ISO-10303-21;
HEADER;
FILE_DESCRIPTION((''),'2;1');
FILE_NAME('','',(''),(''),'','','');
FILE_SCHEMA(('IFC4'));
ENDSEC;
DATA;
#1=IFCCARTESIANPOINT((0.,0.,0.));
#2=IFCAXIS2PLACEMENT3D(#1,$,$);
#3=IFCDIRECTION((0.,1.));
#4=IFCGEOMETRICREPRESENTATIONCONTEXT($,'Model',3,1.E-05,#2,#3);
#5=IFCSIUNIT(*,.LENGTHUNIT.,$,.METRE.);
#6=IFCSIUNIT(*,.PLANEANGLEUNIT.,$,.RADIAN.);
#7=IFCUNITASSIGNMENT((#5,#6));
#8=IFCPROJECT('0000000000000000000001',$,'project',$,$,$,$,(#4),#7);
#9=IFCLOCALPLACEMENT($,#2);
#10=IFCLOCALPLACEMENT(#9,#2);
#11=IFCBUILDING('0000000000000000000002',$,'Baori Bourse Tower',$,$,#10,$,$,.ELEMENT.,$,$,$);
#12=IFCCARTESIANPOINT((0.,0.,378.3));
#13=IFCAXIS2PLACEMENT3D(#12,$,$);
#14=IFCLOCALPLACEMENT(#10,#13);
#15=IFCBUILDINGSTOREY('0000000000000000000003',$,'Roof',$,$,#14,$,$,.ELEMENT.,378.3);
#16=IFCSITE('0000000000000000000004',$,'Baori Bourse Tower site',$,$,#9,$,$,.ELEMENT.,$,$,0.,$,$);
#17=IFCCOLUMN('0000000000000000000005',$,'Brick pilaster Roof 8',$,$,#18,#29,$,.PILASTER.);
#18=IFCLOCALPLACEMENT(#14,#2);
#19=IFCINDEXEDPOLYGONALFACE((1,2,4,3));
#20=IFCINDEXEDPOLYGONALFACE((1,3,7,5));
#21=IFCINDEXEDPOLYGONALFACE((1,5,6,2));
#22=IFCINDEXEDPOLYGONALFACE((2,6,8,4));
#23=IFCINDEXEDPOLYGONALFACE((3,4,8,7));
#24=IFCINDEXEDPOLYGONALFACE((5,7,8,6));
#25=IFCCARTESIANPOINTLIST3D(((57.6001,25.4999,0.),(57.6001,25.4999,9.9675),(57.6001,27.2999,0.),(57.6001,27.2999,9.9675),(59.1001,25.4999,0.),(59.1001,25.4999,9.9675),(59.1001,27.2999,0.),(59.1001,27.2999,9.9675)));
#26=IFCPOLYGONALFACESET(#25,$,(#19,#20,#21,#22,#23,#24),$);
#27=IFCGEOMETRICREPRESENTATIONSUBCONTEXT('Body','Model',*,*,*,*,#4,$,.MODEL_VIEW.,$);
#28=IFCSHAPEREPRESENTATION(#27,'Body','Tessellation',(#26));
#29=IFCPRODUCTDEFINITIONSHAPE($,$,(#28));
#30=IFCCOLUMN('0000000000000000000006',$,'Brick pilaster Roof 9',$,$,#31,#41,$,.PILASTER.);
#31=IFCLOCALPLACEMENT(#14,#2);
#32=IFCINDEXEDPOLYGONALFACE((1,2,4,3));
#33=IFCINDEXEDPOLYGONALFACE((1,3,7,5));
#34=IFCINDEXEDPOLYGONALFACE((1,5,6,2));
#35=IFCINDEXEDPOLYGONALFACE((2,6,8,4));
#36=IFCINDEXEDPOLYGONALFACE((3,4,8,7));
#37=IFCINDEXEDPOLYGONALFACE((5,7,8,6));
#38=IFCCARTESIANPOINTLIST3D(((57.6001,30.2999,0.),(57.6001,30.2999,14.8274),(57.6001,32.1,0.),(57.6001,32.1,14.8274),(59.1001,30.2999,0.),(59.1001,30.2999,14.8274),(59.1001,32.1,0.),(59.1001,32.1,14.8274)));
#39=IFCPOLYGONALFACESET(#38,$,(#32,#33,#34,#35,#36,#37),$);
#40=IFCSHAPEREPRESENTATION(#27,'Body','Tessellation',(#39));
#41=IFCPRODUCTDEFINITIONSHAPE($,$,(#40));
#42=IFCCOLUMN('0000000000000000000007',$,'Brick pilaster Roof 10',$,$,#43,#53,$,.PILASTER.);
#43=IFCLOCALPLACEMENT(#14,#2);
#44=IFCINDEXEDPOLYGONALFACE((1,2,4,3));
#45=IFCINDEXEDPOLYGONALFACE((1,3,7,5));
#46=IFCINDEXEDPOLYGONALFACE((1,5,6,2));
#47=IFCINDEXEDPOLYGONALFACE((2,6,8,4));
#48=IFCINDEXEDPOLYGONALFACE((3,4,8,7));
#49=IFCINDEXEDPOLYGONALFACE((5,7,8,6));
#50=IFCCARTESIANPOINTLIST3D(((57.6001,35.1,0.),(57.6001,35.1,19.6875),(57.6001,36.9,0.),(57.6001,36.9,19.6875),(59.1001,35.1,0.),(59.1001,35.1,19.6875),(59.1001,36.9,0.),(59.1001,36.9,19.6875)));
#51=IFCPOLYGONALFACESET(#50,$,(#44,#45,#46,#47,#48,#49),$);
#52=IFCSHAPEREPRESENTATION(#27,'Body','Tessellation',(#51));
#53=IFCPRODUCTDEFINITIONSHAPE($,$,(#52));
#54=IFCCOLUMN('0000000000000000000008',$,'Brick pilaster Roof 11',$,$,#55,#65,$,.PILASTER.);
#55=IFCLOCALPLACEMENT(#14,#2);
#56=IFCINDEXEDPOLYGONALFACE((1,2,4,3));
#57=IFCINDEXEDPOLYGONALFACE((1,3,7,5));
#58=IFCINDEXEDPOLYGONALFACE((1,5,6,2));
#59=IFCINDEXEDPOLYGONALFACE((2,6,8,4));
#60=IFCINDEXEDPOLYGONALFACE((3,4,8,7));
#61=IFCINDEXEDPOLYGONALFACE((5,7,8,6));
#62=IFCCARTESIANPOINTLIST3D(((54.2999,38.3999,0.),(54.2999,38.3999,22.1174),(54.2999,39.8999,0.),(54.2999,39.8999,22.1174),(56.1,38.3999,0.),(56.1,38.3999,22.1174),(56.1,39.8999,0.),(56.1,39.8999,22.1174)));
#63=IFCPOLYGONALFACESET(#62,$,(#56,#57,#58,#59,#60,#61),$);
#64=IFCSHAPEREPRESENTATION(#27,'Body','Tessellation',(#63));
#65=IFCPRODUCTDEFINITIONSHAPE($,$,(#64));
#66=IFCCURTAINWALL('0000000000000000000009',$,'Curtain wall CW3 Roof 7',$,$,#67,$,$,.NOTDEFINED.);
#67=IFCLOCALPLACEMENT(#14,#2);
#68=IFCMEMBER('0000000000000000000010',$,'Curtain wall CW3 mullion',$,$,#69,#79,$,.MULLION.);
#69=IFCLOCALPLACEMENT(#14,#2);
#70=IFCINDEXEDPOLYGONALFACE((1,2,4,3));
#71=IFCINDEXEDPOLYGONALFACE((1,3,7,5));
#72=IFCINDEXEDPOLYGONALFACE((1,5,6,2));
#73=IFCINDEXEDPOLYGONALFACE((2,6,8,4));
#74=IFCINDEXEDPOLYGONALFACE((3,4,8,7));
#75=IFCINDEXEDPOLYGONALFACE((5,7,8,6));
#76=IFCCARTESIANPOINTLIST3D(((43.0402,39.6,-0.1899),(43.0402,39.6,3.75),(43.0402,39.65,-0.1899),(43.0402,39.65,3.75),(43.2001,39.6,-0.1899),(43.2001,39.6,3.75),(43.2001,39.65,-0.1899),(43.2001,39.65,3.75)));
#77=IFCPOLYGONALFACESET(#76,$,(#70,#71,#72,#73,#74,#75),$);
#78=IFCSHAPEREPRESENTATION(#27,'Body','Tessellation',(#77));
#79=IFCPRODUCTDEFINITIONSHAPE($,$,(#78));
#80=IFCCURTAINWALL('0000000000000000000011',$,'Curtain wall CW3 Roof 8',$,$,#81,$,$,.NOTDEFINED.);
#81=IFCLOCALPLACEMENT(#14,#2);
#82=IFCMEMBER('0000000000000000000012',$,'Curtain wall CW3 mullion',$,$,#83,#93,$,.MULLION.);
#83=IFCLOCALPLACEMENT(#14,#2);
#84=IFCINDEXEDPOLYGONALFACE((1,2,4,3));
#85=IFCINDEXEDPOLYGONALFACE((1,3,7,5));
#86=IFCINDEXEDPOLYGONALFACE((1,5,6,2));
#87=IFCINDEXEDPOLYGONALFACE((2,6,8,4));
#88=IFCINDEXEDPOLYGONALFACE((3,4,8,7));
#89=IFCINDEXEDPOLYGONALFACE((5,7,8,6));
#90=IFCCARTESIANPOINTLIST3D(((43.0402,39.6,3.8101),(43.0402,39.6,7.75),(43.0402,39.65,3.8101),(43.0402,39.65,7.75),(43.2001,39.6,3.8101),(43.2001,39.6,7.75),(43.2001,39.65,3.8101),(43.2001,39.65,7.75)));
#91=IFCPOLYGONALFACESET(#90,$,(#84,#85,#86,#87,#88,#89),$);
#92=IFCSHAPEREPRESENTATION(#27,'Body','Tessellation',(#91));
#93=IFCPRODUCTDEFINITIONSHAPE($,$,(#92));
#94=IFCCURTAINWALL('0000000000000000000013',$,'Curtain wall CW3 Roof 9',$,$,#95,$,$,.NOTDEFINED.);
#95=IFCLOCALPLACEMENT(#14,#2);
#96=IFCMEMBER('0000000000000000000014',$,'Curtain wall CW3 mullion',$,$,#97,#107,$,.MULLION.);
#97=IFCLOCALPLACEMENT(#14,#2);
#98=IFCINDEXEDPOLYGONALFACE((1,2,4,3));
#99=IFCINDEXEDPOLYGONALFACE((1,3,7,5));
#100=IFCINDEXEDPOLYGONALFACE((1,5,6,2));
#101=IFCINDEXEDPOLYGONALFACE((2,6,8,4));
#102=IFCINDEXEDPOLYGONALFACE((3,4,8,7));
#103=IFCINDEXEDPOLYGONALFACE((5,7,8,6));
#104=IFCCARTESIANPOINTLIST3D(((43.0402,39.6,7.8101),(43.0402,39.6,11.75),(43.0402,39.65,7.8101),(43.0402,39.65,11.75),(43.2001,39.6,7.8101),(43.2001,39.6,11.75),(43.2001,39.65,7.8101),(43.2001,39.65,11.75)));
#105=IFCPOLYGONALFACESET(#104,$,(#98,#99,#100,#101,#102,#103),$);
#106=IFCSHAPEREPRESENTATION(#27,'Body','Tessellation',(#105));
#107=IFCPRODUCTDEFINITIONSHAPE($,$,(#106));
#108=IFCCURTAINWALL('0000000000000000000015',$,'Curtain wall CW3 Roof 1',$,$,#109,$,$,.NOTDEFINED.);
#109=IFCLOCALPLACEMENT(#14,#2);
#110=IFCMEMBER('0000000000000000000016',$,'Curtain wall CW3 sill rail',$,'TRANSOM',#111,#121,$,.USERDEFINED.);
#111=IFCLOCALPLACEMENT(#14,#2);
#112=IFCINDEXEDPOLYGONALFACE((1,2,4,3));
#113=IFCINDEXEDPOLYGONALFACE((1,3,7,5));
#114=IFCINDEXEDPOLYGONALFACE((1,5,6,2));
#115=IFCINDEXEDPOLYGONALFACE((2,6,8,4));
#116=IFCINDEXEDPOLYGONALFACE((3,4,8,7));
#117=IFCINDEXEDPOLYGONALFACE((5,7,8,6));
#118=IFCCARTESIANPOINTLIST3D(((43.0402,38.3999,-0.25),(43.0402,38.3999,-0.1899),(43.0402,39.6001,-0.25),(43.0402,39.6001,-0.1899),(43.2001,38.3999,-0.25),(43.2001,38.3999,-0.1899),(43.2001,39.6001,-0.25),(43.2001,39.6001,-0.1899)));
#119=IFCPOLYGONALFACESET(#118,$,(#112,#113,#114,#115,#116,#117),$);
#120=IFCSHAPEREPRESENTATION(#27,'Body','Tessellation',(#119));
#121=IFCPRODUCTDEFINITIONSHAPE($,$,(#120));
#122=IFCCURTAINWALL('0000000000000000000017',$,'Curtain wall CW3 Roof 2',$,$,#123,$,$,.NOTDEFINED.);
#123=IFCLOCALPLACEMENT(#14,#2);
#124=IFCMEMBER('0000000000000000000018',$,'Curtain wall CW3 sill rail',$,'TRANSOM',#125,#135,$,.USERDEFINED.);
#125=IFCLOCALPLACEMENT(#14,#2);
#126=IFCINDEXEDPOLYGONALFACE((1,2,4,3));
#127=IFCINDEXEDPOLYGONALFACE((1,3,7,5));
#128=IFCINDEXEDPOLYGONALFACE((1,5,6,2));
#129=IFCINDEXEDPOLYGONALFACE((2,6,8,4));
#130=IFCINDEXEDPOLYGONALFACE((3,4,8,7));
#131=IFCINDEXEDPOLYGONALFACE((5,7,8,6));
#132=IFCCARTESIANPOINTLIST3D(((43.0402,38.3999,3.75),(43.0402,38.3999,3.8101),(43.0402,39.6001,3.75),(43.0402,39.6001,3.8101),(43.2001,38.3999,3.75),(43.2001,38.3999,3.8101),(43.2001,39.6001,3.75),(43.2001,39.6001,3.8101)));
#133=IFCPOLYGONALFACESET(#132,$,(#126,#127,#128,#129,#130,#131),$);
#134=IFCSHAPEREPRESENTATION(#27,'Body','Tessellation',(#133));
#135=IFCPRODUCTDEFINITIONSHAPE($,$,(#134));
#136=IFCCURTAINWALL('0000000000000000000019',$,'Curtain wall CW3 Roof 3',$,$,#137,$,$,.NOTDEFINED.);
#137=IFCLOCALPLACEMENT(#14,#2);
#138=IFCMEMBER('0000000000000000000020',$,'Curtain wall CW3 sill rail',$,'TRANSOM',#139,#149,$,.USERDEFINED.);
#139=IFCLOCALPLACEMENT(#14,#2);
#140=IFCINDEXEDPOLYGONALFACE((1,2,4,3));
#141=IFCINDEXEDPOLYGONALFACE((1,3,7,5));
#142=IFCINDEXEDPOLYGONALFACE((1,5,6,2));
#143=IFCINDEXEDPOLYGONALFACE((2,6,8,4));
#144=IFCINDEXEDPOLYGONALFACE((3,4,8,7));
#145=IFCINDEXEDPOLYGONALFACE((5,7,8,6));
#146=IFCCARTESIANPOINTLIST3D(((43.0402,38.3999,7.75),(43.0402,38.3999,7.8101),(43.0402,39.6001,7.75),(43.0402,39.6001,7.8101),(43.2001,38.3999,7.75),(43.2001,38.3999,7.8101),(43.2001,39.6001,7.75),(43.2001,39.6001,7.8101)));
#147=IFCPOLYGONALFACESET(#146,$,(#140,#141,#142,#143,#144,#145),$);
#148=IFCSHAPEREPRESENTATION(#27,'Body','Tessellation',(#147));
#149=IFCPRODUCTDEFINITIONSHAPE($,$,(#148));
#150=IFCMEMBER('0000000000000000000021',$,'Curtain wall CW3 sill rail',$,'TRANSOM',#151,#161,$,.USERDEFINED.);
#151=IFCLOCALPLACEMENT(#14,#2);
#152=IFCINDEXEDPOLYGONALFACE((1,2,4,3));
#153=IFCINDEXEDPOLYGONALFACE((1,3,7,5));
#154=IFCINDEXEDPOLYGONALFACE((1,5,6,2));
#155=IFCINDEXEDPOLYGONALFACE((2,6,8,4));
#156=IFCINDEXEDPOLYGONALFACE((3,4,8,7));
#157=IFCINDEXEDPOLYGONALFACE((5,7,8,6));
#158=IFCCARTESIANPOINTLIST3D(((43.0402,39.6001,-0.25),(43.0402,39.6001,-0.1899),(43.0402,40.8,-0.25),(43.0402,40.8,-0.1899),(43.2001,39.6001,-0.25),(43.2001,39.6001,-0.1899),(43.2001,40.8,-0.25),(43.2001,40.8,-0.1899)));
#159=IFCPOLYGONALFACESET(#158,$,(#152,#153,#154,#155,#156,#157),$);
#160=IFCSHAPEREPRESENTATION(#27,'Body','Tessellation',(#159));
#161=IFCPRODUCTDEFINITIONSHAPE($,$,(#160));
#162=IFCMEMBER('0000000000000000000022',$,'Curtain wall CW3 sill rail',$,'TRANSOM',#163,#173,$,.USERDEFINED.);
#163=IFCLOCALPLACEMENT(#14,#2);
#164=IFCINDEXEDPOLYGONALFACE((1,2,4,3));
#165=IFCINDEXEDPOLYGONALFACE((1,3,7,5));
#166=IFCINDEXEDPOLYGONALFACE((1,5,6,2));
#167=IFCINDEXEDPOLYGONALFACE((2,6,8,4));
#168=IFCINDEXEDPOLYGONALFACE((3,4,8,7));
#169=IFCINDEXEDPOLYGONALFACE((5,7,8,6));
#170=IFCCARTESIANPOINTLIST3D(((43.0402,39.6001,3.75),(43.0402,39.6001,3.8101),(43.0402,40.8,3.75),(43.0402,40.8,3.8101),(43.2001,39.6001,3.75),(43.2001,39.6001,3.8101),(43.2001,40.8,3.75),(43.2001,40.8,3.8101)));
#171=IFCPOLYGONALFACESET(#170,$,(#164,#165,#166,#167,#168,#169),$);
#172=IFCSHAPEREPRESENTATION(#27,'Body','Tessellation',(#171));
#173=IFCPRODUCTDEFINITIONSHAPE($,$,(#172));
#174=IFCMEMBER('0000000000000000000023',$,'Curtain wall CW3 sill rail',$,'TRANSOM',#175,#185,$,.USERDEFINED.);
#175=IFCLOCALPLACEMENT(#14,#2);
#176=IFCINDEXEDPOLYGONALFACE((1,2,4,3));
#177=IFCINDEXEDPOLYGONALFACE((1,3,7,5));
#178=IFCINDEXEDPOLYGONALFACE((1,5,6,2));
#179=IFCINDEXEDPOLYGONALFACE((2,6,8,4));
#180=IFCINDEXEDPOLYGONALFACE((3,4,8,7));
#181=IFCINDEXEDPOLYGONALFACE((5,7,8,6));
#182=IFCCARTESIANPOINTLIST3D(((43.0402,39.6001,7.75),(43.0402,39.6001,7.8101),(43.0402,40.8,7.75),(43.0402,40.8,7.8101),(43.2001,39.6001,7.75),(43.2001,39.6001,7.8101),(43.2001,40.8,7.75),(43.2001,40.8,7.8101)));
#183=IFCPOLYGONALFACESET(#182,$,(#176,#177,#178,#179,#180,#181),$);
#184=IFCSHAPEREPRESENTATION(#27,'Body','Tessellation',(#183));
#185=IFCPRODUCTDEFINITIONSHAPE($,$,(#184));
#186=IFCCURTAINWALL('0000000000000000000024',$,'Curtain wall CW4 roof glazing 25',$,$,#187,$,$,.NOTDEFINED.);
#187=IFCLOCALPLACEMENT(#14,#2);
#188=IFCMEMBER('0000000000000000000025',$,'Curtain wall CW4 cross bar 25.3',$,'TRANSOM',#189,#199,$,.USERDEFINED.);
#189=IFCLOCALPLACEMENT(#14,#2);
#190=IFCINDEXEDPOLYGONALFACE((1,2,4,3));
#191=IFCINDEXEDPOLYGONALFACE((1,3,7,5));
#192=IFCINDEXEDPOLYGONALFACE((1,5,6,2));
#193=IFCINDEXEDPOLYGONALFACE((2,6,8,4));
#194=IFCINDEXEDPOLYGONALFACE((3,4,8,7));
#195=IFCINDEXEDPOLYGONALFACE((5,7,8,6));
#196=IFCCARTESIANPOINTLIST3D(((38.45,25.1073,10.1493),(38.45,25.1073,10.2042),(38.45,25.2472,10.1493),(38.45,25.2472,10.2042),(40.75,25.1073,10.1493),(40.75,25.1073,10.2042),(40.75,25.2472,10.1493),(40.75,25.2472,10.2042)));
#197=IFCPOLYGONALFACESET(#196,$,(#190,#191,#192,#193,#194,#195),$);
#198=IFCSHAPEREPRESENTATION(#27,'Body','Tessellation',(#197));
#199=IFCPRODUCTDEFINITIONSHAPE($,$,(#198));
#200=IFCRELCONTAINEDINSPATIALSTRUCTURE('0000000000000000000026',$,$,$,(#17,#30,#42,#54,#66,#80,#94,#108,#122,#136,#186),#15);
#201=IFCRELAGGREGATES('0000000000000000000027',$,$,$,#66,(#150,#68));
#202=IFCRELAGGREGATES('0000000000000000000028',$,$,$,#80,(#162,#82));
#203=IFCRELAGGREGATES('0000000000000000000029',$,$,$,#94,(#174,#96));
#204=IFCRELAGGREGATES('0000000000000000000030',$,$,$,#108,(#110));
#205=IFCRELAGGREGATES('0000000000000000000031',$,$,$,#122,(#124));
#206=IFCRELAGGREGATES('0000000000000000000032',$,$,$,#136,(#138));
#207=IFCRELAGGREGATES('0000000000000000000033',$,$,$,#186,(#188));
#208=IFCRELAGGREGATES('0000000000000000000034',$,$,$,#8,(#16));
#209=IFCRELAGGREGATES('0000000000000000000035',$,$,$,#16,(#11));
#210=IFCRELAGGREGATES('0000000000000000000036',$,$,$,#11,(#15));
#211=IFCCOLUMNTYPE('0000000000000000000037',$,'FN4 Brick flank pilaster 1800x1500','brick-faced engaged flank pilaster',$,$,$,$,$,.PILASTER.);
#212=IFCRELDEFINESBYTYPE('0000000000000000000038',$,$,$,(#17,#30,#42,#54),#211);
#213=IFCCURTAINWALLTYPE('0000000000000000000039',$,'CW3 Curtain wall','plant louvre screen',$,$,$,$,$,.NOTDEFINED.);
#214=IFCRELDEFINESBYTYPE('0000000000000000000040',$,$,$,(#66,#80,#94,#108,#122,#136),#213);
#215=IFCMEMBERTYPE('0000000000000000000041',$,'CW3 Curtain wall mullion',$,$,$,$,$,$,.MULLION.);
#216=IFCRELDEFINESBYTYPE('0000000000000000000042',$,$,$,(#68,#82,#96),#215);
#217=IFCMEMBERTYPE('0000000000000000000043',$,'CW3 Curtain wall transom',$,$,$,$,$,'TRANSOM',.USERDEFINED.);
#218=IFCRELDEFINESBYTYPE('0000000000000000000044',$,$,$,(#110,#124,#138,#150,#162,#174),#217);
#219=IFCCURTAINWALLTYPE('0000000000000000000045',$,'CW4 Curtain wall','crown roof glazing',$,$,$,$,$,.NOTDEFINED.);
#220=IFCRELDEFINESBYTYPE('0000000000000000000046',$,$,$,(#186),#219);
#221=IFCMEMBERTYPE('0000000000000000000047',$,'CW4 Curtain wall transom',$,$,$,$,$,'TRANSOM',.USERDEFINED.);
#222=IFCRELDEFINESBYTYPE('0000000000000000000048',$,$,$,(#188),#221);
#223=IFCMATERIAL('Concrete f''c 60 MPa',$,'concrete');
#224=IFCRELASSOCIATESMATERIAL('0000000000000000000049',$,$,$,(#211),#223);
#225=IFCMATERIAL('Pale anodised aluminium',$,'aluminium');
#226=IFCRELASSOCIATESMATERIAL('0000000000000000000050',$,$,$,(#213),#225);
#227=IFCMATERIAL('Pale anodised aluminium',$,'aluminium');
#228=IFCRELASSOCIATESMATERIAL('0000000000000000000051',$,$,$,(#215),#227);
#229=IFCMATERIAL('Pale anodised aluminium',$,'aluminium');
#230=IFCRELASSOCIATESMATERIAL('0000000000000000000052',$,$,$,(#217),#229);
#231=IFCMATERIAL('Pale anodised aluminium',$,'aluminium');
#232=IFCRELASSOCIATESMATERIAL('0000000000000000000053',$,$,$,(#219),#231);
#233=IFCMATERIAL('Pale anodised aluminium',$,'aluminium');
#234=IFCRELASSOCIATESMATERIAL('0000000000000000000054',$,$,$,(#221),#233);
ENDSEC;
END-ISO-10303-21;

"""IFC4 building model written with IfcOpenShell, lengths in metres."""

from ifc_helpers import new_model, si_unit, direction, frame, origin, origin_2d, place, context, subcontext, project, spatial, rectangle, extrude, material, material_profile, profile_set, type_object, element, aggregate, save


model = new_model("IFC4")

# Units and contexts
model_context = context("Model", 3, precision=1e-05, world=origin(), true_north=direction((0.0, 1.0)))
body_context = subcontext(model_context, "Body", "Model", "MODEL_VIEW")
ifc_project = project(units=[si_unit("LENGTHUNIT", "METRE"), si_unit("PLANEANGLEUNIT", "RADIAN")], contexts=[model_context])

# Site, building, storey
site_placement = place(None, origin())
site = spatial("IfcSite", under=ifc_project, at=site_placement, Name="Baori Bourse Tower site", CompositionType="ELEMENT", RefElevation=0.0)
building_placement = place(site_placement, origin())
building = spatial("IfcBuilding", under=site, at=building_placement, Name="Baori Bourse Tower", CompositionType="ELEMENT")
storey_placement = place(building_placement, frame((0.0, 0.0, 378.3)))
storey = spatial("IfcBuildingStorey", under=building, at=storey_placement, Name="Roof", CompositionType="ELEMENT", Elevation=378.3)

# Columns
ifc_material_1 = material(Name="Concrete f'c 60 MPa", Category="concrete")
ifc_material_profile_1 = material_profile(ifc_material_1, rectangle(XDim=1.8, YDim=1.5, at=origin_2d()), Name="RC 1800x1500")
ifc_profile_set_1 = profile_set([ifc_material_profile_1], Name="Concrete f'c 60 MPa")
column_type = type_object("IfcColumnType", Name="FN4 Brick flank pilaster 1800x1500", Description="brick-faced engaged flank pilaster", PredefinedType="PILASTER", material=ifc_profile_set_1)
column_1_placement = place(storey_placement, frame((58.3501, 26.3999, 0.0), z_axis=(0.0, 0.0, 1.0), x_axis=(0.0, 1.0, 0.0)))
element("IfcColumn", 1, at=column_1_placement, inside=storey, type_object=column_type, Name="Brick pilaster Roof 8", PredefinedType="PILASTER", context=body_context, shape_type="SweptSolid", body=[
    extrude(rectangle(XDim=1.8, YDim=1.5, at=origin_2d()), origin(), (0.0, 0.0, 1.0), 9.9675),
])
column_2_placement = place(storey_placement, frame((58.3501, 31.2, 0.0), z_axis=(0.0, 0.0, 1.0), x_axis=(0.0, 1.0, 0.0)))
element("IfcColumn", 2, at=column_2_placement, inside=storey, type_object=column_type, Name="Brick pilaster Roof 9", PredefinedType="PILASTER", context=body_context, shape_type="SweptSolid", body=[
    extrude(rectangle(XDim=1.8, YDim=1.5, at=origin_2d()), origin(), (0.0, 0.0, 1.0), 14.8274),
])
column_3_placement = place(storey_placement, frame((58.3501, 36.0, 0.0), z_axis=(0.0, 0.0, 1.0), x_axis=(0.0, 1.0, 0.0)))
element("IfcColumn", 3, at=column_3_placement, inside=storey, type_object=column_type, Name="Brick pilaster Roof 10", PredefinedType="PILASTER", context=body_context, shape_type="SweptSolid", body=[
    extrude(rectangle(XDim=1.8, YDim=1.5, at=origin_2d()), origin(), (0.0, 0.0, 1.0), 19.6875),
])
column_4_placement = place(storey_placement, frame((55.2, 39.1499, 0.0), z_axis=(0.0, 0.0, 1.0), x_axis=(1.0, 0.0, 0.0)))
element("IfcColumn", 4, at=column_4_placement, inside=storey, type_object=column_type, Name="Brick pilaster Roof 11", PredefinedType="PILASTER", context=body_context, shape_type="SweptSolid", body=[
    extrude(rectangle(XDim=1.8, YDim=1.5, at=origin_2d()), origin(), (0.0, 0.0, 1.0), 22.1174),
])

# Curtain walls, members
ifc_material_2 = material(Name="Pale anodised aluminium", Category="aluminium")
curtain_wall_type_1 = type_object("IfcCurtainWallType", Name="CW3 Curtain wall", Description="plant louvre screen", PredefinedType="NOTDEFINED", material=ifc_material_2)
curtain_wall_1_placement = place(storey_placement, origin())
curtain_wall_1 = element("IfcCurtainWall", 5, at=curtain_wall_1_placement, inside=storey, type_object=curtain_wall_type_1, Name="Curtain wall CW3 Roof 7", PredefinedType="NOTDEFINED")
ifc_material_3 = material(Name="Pale anodised aluminium", Category="aluminium")
ifc_material_profile_2 = material_profile(ifc_material_3, rectangle(XDim=0.1599, YDim=0.05, at=origin_2d()), Name="Mullion 50x160")
ifc_profile_set_2 = profile_set([ifc_material_profile_2], Name="Pale anodised aluminium")
member_type_1 = type_object("IfcMemberType", Name="CW3 Curtain wall mullion", PredefinedType="MULLION", material=ifc_profile_set_2)
member_1_placement = place(storey_placement, frame((43.1201, 39.625, -0.1899), z_axis=(0.0, 0.0, 1.0), x_axis=(-1.0, 0.0, 0.0)))
member_1 = element("IfcMember", 6, at=member_1_placement, type_object=member_type_1, Name="Curtain wall CW3 mullion", PredefinedType="MULLION", context=body_context, shape_type="SweptSolid", body=[
    extrude(rectangle(XDim=0.1599, YDim=0.05, at=origin_2d()), origin(), (0.0, 0.0, 1.0), 3.9399),
])
curtain_wall_2_placement = place(storey_placement, origin())
curtain_wall_2 = element("IfcCurtainWall", 7, at=curtain_wall_2_placement, inside=storey, type_object=curtain_wall_type_1, Name="Curtain wall CW3 Roof 8", PredefinedType="NOTDEFINED")
member_2_placement = place(storey_placement, frame((43.1201, 39.625, 3.8101), z_axis=(0.0, 0.0, 1.0), x_axis=(-1.0, 0.0, 0.0)))
member_2 = element("IfcMember", 8, at=member_2_placement, type_object=member_type_1, Name="Curtain wall CW3 mullion", PredefinedType="MULLION", context=body_context, shape_type="SweptSolid", body=[
    extrude(rectangle(XDim=0.1599, YDim=0.05, at=origin_2d()), origin(), (0.0, 0.0, 1.0), 3.9399),
])
curtain_wall_3_placement = place(storey_placement, origin())
curtain_wall_3 = element("IfcCurtainWall", 9, at=curtain_wall_3_placement, inside=storey, type_object=curtain_wall_type_1, Name="Curtain wall CW3 Roof 9", PredefinedType="NOTDEFINED")
member_3_placement = place(storey_placement, frame((43.1201, 39.625, 7.8101), z_axis=(0.0, 0.0, 1.0), x_axis=(-1.0, 0.0, 0.0)))
member_3 = element("IfcMember", 10, at=member_3_placement, type_object=member_type_1, Name="Curtain wall CW3 mullion", PredefinedType="MULLION", context=body_context, shape_type="SweptSolid", body=[
    extrude(rectangle(XDim=0.1599, YDim=0.05, at=origin_2d()), origin(), (0.0, 0.0, 1.0), 3.9399),
])
curtain_wall_4_placement = place(storey_placement, origin())
curtain_wall_4 = element("IfcCurtainWall", 11, at=curtain_wall_4_placement, inside=storey, type_object=curtain_wall_type_1, Name="Curtain wall CW3 Roof 1", PredefinedType="NOTDEFINED")
ifc_material_4 = material(Name="Pale anodised aluminium", Category="aluminium")
ifc_material_profile_3 = material_profile(ifc_material_4, rectangle(XDim=0.1599, YDim=0.0601, at=origin_2d()), Name="Transom 60x160")
ifc_profile_set_3 = profile_set([ifc_material_profile_3], Name="Pale anodised aluminium")
member_type_2 = type_object("IfcMemberType", Name="CW3 Curtain wall transom", ElementType="TRANSOM", PredefinedType="USERDEFINED", material=ifc_profile_set_3)
member_4_placement = place(storey_placement, frame((43.1201, 38.3999, -0.22), z_axis=(0.0, 1.0, 0.0), x_axis=(-1.0, 0.0, 0.0)))
member_4 = element("IfcMember", 12, at=member_4_placement, type_object=member_type_2, Name="Curtain wall CW3 sill rail", ObjectType="TRANSOM", PredefinedType="USERDEFINED", context=body_context, shape_type="SweptSolid", body=[
    extrude(rectangle(XDim=0.1599, YDim=0.0601, at=origin_2d()), origin(), (0.0, 0.0, 1.0), 1.2002),
])
curtain_wall_5_placement = place(storey_placement, origin())
curtain_wall_5 = element("IfcCurtainWall", 13, at=curtain_wall_5_placement, inside=storey, type_object=curtain_wall_type_1, Name="Curtain wall CW3 Roof 2", PredefinedType="NOTDEFINED")
member_5_placement = place(storey_placement, frame((43.1201, 38.3999, 3.78), z_axis=(0.0, 1.0, 0.0), x_axis=(-1.0, 0.0, 0.0)))
member_5 = element("IfcMember", 14, at=member_5_placement, type_object=member_type_2, Name="Curtain wall CW3 sill rail", ObjectType="TRANSOM", PredefinedType="USERDEFINED", context=body_context, shape_type="SweptSolid", body=[
    extrude(rectangle(XDim=0.1599, YDim=0.0601, at=origin_2d()), origin(), (0.0, 0.0, 1.0), 1.2002),
])
curtain_wall_6_placement = place(storey_placement, origin())
curtain_wall_6 = element("IfcCurtainWall", 15, at=curtain_wall_6_placement, inside=storey, type_object=curtain_wall_type_1, Name="Curtain wall CW3 Roof 3", PredefinedType="NOTDEFINED")
member_6_placement = place(storey_placement, frame((43.1201, 38.3999, 7.78), z_axis=(0.0, 1.0, 0.0), x_axis=(-1.0, 0.0, 0.0)))
member_6 = element("IfcMember", 16, at=member_6_placement, type_object=member_type_2, Name="Curtain wall CW3 sill rail", ObjectType="TRANSOM", PredefinedType="USERDEFINED", context=body_context, shape_type="SweptSolid", body=[
    extrude(rectangle(XDim=0.1599, YDim=0.0601, at=origin_2d()), origin(), (0.0, 0.0, 1.0), 1.2002),
])

# Members
member_7_placement = place(storey_placement, frame((43.1201, 39.6001, -0.22), z_axis=(0.0, 1.0, 0.0), x_axis=(-1.0, 0.0, 0.0)))
member_7 = element("IfcMember", 17, at=member_7_placement, type_object=member_type_2, Name="Curtain wall CW3 sill rail", ObjectType="TRANSOM", PredefinedType="USERDEFINED", context=body_context, shape_type="SweptSolid", body=[
    extrude(rectangle(XDim=0.1599, YDim=0.0601, at=origin_2d()), origin(), (0.0, 0.0, 1.0), 1.2),
])
aggregate(curtain_wall_1, [member_7, member_1])
member_8_placement = place(storey_placement, frame((43.1201, 39.6001, 3.78), z_axis=(0.0, 1.0, 0.0), x_axis=(-1.0, 0.0, 0.0)))
member_8 = element("IfcMember", 18, at=member_8_placement, type_object=member_type_2, Name="Curtain wall CW3 sill rail", ObjectType="TRANSOM", PredefinedType="USERDEFINED", context=body_context, shape_type="SweptSolid", body=[
    extrude(rectangle(XDim=0.1599, YDim=0.0601, at=origin_2d()), origin(), (0.0, 0.0, 1.0), 1.2),
])
aggregate(curtain_wall_2, [member_8, member_2])
member_9_placement = place(storey_placement, frame((43.1201, 39.6001, 7.78), z_axis=(0.0, 1.0, 0.0), x_axis=(-1.0, 0.0, 0.0)))
member_9 = element("IfcMember", 19, at=member_9_placement, type_object=member_type_2, Name="Curtain wall CW3 sill rail", ObjectType="TRANSOM", PredefinedType="USERDEFINED", context=body_context, shape_type="SweptSolid", body=[
    extrude(rectangle(XDim=0.1599, YDim=0.0601, at=origin_2d()), origin(), (0.0, 0.0, 1.0), 1.2),
])
aggregate(curtain_wall_3, [member_9, member_3])

# Curtain wall, member
ifc_material_5 = material(Name="Pale anodised aluminium", Category="aluminium")
curtain_wall_type_2 = type_object("IfcCurtainWallType", Name="CW4 Curtain wall", Description="crown roof glazing", PredefinedType="NOTDEFINED", material=ifc_material_5)
curtain_wall_7_placement = place(storey_placement, origin())
curtain_wall_7 = element("IfcCurtainWall", 20, at=curtain_wall_7_placement, inside=storey, type_object=curtain_wall_type_2, Name="Curtain wall CW4 roof glazing 25", PredefinedType="NOTDEFINED")
ifc_material_6 = material(Name="Pale anodised aluminium", Category="aluminium")
ifc_material_profile_4 = material_profile(ifc_material_6, rectangle(XDim=0.1399, YDim=0.0549, at=origin_2d()), Name="Transom 55x140")
ifc_profile_set_4 = profile_set([ifc_material_profile_4], Name="Pale anodised aluminium")
member_type_3 = type_object("IfcMemberType", Name="CW4 Curtain wall transom", ElementType="TRANSOM", PredefinedType="USERDEFINED", material=ifc_profile_set_4)
member_10_placement = place(storey_placement, frame((38.45, 25.1772, 10.1768), z_axis=(1.0, 0.0, 0.0), x_axis=(0.0, 1.0, 0.0)))
member_10 = element("IfcMember", 21, at=member_10_placement, type_object=member_type_3, Name="Curtain wall CW4 cross bar 25.3", ObjectType="TRANSOM", PredefinedType="USERDEFINED", context=body_context, shape_type="SweptSolid", body=[
    extrude(rectangle(XDim=0.1399, YDim=0.0549, at=origin_2d()), origin(), (0.0, 0.0, 1.0), 2.3),
])

aggregate(curtain_wall_4, [member_4])
aggregate(curtain_wall_5, [member_5])
aggregate(curtain_wall_6, [member_6])
aggregate(curtain_wall_7, [member_10])

save(model, "model.ifc")
